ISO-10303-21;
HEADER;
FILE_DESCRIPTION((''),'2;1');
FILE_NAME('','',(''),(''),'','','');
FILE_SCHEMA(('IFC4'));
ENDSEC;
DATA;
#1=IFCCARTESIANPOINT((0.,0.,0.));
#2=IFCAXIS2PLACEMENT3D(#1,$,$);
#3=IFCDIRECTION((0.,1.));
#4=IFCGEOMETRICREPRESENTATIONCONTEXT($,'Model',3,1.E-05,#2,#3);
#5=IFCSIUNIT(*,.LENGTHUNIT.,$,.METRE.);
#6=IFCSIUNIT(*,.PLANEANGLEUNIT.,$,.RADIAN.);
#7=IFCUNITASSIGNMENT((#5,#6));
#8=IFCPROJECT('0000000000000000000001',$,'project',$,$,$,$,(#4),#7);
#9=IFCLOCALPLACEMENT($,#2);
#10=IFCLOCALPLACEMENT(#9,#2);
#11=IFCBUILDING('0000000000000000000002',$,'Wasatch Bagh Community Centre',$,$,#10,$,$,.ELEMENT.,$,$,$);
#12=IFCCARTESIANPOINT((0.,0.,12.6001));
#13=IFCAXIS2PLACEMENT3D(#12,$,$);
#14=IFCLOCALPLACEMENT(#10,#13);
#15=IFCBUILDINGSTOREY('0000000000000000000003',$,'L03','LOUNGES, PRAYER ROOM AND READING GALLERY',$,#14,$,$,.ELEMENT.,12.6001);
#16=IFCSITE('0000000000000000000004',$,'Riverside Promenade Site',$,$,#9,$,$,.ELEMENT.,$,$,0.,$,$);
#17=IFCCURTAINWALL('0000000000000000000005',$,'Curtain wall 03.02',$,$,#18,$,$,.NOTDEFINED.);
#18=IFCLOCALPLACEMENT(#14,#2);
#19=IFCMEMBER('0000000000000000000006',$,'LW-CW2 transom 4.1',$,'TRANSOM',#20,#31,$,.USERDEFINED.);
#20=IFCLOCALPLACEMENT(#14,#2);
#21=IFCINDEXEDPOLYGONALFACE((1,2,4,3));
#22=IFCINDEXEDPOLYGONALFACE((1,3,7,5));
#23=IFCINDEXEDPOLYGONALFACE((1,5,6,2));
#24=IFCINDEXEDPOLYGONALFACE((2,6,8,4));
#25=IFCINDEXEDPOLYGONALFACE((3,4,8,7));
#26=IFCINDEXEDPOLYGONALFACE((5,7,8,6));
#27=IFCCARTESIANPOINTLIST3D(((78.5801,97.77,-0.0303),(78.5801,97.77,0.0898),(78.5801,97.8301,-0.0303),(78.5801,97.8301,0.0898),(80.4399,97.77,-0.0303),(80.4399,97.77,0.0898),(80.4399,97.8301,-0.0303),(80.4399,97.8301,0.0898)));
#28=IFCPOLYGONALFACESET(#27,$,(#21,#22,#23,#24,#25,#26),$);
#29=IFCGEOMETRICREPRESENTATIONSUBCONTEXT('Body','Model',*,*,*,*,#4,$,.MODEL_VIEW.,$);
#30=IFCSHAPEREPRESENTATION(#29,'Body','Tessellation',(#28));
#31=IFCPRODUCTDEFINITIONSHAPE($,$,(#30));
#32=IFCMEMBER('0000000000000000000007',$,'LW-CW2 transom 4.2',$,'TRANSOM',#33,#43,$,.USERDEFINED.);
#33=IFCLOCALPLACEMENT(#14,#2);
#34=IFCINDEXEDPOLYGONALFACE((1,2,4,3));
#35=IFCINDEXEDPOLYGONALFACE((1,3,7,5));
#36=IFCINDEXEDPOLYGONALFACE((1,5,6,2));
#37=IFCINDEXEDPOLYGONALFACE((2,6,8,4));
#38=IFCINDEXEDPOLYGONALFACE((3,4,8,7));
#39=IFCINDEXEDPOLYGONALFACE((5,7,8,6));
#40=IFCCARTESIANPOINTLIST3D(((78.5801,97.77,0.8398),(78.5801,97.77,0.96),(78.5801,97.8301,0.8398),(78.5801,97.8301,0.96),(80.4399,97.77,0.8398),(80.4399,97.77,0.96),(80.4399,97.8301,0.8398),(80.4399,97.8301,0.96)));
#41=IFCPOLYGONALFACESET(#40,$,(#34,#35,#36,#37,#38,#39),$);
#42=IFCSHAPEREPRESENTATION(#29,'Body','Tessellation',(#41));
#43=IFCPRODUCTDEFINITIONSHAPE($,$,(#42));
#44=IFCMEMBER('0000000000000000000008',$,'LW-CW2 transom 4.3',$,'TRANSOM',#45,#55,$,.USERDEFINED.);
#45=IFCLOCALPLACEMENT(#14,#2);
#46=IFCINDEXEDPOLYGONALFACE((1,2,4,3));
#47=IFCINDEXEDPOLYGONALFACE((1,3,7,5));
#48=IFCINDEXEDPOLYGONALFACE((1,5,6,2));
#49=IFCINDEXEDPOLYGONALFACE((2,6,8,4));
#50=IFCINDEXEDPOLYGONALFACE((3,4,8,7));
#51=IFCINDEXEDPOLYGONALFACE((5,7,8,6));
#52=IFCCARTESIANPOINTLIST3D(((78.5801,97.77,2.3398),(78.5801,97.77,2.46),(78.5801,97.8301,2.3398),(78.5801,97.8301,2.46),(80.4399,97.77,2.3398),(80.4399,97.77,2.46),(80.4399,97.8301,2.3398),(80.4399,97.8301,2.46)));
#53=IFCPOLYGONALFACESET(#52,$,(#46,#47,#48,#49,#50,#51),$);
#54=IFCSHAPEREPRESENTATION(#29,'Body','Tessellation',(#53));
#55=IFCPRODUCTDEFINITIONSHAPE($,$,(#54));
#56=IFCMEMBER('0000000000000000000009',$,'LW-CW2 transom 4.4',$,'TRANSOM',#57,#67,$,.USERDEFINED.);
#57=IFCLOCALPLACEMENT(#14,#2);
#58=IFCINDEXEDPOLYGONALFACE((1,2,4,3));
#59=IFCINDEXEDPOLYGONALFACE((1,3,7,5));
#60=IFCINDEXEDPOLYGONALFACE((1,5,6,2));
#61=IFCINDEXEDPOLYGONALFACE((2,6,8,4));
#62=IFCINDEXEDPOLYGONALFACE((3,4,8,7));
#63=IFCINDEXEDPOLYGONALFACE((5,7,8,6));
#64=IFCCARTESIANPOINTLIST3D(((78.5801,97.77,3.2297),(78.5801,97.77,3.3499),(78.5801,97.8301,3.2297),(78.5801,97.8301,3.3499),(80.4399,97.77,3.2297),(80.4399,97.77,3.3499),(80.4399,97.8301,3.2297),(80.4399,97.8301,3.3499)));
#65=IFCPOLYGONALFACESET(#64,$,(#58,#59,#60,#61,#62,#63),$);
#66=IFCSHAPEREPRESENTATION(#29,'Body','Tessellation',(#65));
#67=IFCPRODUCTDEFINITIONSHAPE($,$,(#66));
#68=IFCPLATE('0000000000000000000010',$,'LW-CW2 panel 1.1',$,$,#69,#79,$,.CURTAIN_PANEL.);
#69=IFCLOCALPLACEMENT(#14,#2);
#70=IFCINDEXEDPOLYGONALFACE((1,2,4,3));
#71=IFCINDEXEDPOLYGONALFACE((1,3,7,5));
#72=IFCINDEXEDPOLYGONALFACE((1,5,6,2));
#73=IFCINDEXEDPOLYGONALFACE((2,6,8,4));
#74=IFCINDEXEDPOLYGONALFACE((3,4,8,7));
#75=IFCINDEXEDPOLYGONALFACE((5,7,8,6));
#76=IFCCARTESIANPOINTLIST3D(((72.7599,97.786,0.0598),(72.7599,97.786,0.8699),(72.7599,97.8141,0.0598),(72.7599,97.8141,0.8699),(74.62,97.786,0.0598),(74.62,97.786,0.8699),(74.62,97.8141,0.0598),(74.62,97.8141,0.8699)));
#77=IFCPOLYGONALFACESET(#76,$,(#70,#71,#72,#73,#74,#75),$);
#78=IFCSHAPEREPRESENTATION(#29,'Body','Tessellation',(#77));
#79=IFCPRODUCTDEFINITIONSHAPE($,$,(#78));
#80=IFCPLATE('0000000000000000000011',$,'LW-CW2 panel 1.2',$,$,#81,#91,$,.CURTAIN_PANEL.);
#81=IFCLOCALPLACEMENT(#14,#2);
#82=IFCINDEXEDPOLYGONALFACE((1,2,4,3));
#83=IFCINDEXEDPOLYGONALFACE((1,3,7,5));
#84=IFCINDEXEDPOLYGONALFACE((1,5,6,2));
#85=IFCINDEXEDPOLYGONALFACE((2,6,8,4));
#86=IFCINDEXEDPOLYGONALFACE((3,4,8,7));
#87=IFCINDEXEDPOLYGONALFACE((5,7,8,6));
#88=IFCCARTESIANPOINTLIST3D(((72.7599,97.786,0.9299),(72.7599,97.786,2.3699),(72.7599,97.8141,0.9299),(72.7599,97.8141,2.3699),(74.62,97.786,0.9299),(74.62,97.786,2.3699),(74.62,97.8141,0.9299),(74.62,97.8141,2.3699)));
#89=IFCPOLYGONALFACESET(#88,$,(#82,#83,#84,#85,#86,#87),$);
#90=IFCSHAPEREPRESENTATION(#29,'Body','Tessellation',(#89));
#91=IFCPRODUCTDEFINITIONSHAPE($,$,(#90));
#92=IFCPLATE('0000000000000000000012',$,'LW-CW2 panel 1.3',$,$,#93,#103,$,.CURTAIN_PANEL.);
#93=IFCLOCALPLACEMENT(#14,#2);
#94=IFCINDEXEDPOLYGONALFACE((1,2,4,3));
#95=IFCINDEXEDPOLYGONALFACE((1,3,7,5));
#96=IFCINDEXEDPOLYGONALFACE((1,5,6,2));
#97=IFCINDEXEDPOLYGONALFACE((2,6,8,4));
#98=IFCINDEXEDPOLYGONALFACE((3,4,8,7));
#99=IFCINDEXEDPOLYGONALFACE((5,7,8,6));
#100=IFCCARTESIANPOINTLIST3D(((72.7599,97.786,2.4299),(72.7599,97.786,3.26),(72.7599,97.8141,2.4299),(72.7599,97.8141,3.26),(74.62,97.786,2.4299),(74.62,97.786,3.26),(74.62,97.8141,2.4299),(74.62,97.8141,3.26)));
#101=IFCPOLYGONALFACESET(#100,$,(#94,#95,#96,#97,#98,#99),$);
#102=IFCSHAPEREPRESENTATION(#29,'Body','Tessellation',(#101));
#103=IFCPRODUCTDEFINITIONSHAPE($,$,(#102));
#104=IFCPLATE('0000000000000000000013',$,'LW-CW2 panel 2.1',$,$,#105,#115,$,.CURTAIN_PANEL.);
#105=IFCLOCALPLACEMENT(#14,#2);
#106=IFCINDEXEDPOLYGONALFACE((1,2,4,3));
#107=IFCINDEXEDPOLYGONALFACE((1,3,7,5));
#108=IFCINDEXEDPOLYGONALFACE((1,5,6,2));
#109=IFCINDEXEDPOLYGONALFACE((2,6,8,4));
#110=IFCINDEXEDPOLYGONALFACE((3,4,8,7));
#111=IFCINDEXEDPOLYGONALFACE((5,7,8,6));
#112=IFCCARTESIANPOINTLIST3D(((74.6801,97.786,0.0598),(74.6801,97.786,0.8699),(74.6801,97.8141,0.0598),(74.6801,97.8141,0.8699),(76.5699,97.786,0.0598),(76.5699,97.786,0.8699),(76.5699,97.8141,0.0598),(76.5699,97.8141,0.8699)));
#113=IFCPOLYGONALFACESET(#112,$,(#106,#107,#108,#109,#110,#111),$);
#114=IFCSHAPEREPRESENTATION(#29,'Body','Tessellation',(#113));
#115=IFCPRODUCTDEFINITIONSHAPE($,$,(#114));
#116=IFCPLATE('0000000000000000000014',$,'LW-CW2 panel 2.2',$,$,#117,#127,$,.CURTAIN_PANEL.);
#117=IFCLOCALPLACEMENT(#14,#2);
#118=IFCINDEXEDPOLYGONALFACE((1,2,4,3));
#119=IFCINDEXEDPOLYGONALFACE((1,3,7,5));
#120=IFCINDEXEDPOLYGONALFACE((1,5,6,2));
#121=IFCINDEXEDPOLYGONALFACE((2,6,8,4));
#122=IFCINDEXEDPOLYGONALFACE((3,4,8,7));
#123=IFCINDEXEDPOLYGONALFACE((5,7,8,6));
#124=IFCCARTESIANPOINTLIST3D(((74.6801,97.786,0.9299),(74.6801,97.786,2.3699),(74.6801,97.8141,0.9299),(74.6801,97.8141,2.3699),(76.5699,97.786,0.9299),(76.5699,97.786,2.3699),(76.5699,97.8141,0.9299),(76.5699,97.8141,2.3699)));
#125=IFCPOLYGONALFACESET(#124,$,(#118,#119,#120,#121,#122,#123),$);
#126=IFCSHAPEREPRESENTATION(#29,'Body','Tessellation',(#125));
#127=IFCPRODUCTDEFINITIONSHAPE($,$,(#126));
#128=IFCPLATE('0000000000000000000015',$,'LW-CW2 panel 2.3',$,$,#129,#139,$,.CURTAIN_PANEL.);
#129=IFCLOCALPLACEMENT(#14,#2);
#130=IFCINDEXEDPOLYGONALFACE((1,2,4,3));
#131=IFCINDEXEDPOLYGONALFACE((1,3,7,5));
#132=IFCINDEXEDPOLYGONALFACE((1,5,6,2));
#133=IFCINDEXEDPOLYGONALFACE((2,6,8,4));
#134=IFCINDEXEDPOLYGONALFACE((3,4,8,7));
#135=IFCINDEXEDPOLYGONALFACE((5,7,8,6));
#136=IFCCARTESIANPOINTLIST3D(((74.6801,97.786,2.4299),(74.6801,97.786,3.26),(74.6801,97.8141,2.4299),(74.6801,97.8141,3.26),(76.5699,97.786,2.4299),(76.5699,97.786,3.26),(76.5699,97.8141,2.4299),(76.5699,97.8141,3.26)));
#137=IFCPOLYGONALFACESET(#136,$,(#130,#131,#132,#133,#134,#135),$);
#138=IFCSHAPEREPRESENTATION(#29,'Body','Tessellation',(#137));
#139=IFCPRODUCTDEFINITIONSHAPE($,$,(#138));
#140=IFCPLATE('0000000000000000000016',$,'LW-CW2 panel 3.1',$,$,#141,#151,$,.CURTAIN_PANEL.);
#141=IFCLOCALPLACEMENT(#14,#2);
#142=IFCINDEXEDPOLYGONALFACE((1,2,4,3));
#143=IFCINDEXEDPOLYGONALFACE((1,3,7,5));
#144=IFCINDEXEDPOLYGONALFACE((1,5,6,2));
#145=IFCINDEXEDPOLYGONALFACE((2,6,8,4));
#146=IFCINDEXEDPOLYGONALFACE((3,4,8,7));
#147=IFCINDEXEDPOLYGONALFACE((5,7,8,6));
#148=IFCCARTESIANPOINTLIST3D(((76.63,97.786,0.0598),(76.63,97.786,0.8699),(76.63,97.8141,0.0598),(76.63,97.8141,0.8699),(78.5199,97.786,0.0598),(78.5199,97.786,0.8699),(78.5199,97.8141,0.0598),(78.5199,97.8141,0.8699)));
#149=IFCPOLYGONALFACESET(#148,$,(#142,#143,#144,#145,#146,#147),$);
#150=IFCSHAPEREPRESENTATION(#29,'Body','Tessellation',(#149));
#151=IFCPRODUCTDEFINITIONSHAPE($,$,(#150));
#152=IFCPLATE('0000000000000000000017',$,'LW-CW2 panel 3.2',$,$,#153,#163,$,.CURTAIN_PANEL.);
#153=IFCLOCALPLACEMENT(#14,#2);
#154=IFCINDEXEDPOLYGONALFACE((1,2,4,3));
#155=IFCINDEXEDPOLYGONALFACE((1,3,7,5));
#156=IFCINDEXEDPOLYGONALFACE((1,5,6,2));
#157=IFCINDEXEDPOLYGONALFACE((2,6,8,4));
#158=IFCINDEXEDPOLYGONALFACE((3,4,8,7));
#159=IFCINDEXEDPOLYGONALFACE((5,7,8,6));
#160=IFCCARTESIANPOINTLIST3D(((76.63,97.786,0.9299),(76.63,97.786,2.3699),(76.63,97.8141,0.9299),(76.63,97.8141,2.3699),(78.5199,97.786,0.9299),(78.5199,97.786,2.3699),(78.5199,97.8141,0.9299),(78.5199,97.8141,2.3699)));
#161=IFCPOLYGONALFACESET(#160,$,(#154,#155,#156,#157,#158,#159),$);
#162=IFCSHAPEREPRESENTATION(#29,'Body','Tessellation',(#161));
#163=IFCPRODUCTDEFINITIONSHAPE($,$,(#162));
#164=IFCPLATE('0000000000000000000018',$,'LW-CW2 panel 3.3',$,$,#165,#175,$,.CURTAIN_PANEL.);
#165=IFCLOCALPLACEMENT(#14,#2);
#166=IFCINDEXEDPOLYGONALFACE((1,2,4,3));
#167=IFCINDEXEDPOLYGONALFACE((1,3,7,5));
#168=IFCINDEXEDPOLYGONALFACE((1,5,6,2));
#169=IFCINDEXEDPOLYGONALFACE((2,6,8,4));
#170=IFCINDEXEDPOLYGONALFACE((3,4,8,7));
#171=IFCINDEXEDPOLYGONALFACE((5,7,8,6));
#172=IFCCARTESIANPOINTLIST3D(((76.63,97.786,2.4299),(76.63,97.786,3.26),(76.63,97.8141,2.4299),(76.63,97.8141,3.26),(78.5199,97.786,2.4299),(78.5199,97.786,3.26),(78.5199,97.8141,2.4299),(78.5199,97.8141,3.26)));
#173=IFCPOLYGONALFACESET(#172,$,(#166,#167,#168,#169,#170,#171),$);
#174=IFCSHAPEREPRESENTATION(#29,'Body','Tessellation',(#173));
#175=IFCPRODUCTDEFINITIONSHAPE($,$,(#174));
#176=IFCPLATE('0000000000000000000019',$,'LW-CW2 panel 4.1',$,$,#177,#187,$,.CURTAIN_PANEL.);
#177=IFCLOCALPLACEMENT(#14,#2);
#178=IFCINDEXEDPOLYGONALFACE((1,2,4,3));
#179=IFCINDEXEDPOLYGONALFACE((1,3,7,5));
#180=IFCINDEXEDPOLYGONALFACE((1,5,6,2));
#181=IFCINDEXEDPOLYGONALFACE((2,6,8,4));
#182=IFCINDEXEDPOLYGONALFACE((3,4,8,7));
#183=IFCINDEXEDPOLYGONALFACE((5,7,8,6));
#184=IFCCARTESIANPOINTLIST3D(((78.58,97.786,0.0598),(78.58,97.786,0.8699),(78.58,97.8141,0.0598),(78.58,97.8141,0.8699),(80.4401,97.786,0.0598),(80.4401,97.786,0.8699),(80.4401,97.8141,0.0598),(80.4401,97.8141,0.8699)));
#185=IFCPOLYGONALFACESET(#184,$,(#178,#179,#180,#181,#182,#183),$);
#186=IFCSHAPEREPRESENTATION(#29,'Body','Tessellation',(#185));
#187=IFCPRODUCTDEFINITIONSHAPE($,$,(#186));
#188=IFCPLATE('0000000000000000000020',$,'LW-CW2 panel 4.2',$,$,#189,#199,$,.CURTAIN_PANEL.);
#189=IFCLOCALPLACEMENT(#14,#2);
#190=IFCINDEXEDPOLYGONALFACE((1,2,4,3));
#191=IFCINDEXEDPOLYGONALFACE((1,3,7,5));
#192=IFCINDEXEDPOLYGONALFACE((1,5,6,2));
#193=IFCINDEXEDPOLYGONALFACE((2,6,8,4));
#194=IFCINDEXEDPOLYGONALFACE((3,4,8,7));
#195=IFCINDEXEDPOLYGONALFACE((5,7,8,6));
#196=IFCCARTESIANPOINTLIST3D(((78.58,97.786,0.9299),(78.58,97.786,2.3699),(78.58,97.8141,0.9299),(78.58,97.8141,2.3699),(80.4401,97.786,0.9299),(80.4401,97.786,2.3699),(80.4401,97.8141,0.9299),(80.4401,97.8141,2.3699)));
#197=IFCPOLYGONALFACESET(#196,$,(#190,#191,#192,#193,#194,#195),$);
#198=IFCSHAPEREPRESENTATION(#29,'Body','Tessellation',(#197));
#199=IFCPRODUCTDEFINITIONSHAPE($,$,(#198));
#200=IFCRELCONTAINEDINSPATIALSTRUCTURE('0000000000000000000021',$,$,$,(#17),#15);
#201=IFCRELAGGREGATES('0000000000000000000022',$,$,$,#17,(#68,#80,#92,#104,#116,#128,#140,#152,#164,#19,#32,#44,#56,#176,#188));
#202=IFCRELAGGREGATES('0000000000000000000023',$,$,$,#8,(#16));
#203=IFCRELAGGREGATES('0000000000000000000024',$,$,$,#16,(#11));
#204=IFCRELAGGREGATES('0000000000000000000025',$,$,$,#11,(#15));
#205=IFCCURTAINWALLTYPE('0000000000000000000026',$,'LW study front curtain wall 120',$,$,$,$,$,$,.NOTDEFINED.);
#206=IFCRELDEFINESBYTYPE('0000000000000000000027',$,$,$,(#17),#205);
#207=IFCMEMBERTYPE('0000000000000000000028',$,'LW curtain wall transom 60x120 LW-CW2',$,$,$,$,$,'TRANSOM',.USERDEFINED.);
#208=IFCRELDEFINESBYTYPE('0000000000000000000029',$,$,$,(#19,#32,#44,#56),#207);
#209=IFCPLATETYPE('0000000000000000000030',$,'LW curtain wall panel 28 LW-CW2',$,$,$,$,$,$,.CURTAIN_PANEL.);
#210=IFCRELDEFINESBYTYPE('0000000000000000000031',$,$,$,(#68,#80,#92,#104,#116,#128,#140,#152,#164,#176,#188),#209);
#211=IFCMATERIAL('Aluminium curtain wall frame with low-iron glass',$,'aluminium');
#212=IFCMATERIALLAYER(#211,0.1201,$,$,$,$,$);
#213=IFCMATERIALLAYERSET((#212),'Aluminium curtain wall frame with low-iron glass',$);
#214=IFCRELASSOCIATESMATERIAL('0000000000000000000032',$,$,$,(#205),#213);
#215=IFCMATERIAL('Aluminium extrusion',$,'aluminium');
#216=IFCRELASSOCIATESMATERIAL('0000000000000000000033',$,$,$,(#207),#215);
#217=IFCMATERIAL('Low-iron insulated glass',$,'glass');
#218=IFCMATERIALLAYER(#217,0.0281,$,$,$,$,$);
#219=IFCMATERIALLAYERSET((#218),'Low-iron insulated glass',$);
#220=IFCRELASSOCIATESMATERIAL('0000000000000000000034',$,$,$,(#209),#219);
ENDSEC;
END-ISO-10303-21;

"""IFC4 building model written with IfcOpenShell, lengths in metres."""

from ifc_helpers import new_model, si_unit, direction, frame, origin, origin_2d, place, context, subcontext, project, spatial, rectangle, extrude, material, layer, layer_set, material_profile, profile_set, type_object, element, aggregate, save


model = new_model("IFC4")

# Units and contexts
model_context = context("Model", 3, precision=1e-05, world=origin(), true_north=direction((0.0, 1.0)))
body_context = subcontext(model_context, "Body", "Model", "MODEL_VIEW")
ifc_project = project(units=[si_unit("LENGTHUNIT", "METRE"), si_unit("PLANEANGLEUNIT", "RADIAN")], contexts=[model_context])

# Site, building, storey
site_placement = place(None, origin())
site = spatial("IfcSite", under=ifc_project, at=site_placement, Name="Riverside Promenade Site", CompositionType="ELEMENT", RefElevation=0.0)
building_placement = place(site_placement, origin())
building = spatial("IfcBuilding", under=site, at=building_placement, Name="Wasatch Bagh Community Centre", CompositionType="ELEMENT")
storey_placement = place(building_placement, frame((0.0, 0.0, 12.6001)))
storey = spatial("IfcBuildingStorey", under=building, at=storey_placement, Name="L03", Description="LOUNGES, PRAYER ROOM AND READING GALLERY", CompositionType="ELEMENT", Elevation=12.6001)

# Curtain wall, members, plates
ifc_material_1 = material(Name="Aluminium curtain wall frame with low-iron glass", Category="aluminium")
ifc_layer_1 = layer(ifc_material_1, 0.1201)
ifc_layer_set_1 = layer_set([ifc_layer_1], Name="Aluminium curtain wall frame with low-iron glass")
curtain_wall_type = type_object("IfcCurtainWallType", Name="LW study front curtain wall 120", PredefinedType="NOTDEFINED", material=ifc_layer_set_1)
curtain_wall_placement = place(storey_placement, origin())
curtain_wall = element("IfcCurtainWall", 1, at=curtain_wall_placement, inside=storey, type_object=curtain_wall_type, Name="Curtain wall 03.02", PredefinedType="NOTDEFINED")
ifc_material_2 = material(Name="Aluminium extrusion", Category="aluminium")
ifc_material_profile_1 = material_profile(ifc_material_2, rectangle(XDim=0.0601, YDim=0.1201, at=origin_2d()), Name="AL 60x120")
ifc_profile_set_1 = profile_set([ifc_material_profile_1], Name="Aluminium extrusion")
member_type_1 = type_object("IfcMemberType", Name="LW curtain wall transom 60x120 LW-CW2", ElementType="TRANSOM", PredefinedType="USERDEFINED", material=ifc_profile_set_1)
member_1_placement = place(storey_placement, frame((78.5801, 97.8, 0.0298), z_axis=(1.0, 0.0, 0.0), x_axis=(0.0, 1.0, 0.0)))
member_1 = element("IfcMember", 2, at=member_1_placement, type_object=member_type_1, Name="LW-CW2 transom 4.1", ObjectType="TRANSOM", PredefinedType="USERDEFINED", context=body_context, shape_type="SweptSolid", body=[
    extrude(rectangle(XDim=0.0601, YDim=0.1201, at=origin_2d()), origin(), (0.0, 0.0, 1.0), 1.8599),
])
member_2_placement = place(storey_placement, frame((78.5801, 97.8, 0.8999), z_axis=(1.0, 0.0, 0.0), x_axis=(0.0, 1.0, 0.0)))
member_2 = element("IfcMember", 3, at=member_2_placement, type_object=member_type_1, Name="LW-CW2 transom 4.2", ObjectType="TRANSOM", PredefinedType="USERDEFINED", context=body_context, shape_type="SweptSolid", body=[
    extrude(rectangle(XDim=0.0601, YDim=0.1201, at=origin_2d()), origin(), (0.0, 0.0, 1.0), 1.8599),
])
member_3_placement = place(storey_placement, frame((78.5801, 97.8, 2.3999), z_axis=(1.0, 0.0, 0.0), x_axis=(0.0, 1.0, 0.0)))
member_3 = element("IfcMember", 4, at=member_3_placement, type_object=member_type_1, Name="LW-CW2 transom 4.3", ObjectType="TRANSOM", PredefinedType="USERDEFINED", context=body_context, shape_type="SweptSolid", body=[
    extrude(rectangle(XDim=0.0601, YDim=0.1201, at=origin_2d()), origin(), (0.0, 0.0, 1.0), 1.8599),
])
member_4_placement = place(storey_placement, frame((78.5801, 97.8, 3.2898), z_axis=(1.0, 0.0, 0.0), x_axis=(0.0, 1.0, 0.0)))
member_4 = element("IfcMember", 5, at=member_4_placement, type_object=member_type_1, Name="LW-CW2 transom 4.4", ObjectType="TRANSOM", PredefinedType="USERDEFINED", context=body_context, shape_type="SweptSolid", body=[
    extrude(rectangle(XDim=0.0601, YDim=0.1201, at=origin_2d()), origin(), (0.0, 0.0, 1.0), 1.8599),
])
ifc_material_3 = material(Name="Low-iron insulated glass", Category="glass")
ifc_layer_2 = layer(ifc_material_3, 0.0281)
ifc_layer_set_2 = layer_set([ifc_layer_2], Name="Low-iron insulated glass")
plate_type = type_object("IfcPlateType", Name="LW curtain wall panel 28 LW-CW2", PredefinedType="CURTAIN_PANEL", material=ifc_layer_set_2)
plate_1_placement = place(storey_placement, frame((73.6899, 97.8, 0.0598), z_axis=(0.0, 0.0, 1.0), x_axis=(1.0, 0.0, 0.0)))
plate_1 = element("IfcPlate", 6, at=plate_1_placement, type_object=plate_type, Name="LW-CW2 panel 1.1", PredefinedType="CURTAIN_PANEL", context=body_context, shape_type="SweptSolid", body=[
    extrude(rectangle(XDim=1.8601, YDim=0.0281, at=origin_2d()), origin(), (0.0, 0.0, 1.0), 0.8101),
])
plate_2_placement = place(storey_placement, frame((73.6899, 97.8, 0.9299), z_axis=(0.0, 0.0, 1.0), x_axis=(1.0, 0.0, 0.0)))
plate_2 = element("IfcPlate", 7, at=plate_2_placement, type_object=plate_type, Name="LW-CW2 panel 1.2", PredefinedType="CURTAIN_PANEL", context=body_context, shape_type="SweptSolid", body=[
    extrude(rectangle(XDim=1.8601, YDim=0.0281, at=origin_2d()), origin(), (0.0, 0.0, 1.0), 1.4399),
])
plate_3_placement = place(storey_placement, frame((73.6899, 97.8, 2.4299), z_axis=(0.0, 0.0, 1.0), x_axis=(1.0, 0.0, 0.0)))
plate_3 = element("IfcPlate", 8, at=plate_3_placement, type_object=plate_type, Name="LW-CW2 panel 1.3", PredefinedType="CURTAIN_PANEL", context=body_context, shape_type="SweptSolid", body=[
    extrude(rectangle(XDim=1.8601, YDim=0.0281, at=origin_2d()), origin(), (0.0, 0.0, 1.0), 0.8301),
])
plate_4_placement = place(storey_placement, frame((75.625, 97.8, 0.0598), z_axis=(0.0, 0.0, 1.0), x_axis=(1.0, 0.0, 0.0)))
plate_4 = element("IfcPlate", 9, at=plate_4_placement, type_object=plate_type, Name="LW-CW2 panel 2.1", PredefinedType="CURTAIN_PANEL", context=body_context, shape_type="SweptSolid", body=[
    extrude(rectangle(XDim=1.8899, YDim=0.0281, at=origin_2d()), origin(), (0.0, 0.0, 1.0), 0.8101),
])
plate_5_placement = place(storey_placement, frame((75.625, 97.8, 0.9299), z_axis=(0.0, 0.0, 1.0), x_axis=(1.0, 0.0, 0.0)))
plate_5 = element("IfcPlate", 10, at=plate_5_placement, type_object=plate_type, Name="LW-CW2 panel 2.2", PredefinedType="CURTAIN_PANEL", context=body_context, shape_type="SweptSolid", body=[
    extrude(rectangle(XDim=1.8899, YDim=0.0281, at=origin_2d()), origin(), (0.0, 0.0, 1.0), 1.4399),
])
plate_6_placement = place(storey_placement, frame((75.625, 97.8, 2.4299), z_axis=(0.0, 0.0, 1.0), x_axis=(1.0, 0.0, 0.0)))
plate_6 = element("IfcPlate", 11, at=plate_6_placement, type_object=plate_type, Name="LW-CW2 panel 2.3", PredefinedType="CURTAIN_PANEL", context=body_context, shape_type="SweptSolid", body=[
    extrude(rectangle(XDim=1.8899, YDim=0.0281, at=origin_2d()), origin(), (0.0, 0.0, 1.0), 0.8301),
])
plate_7_placement = place(storey_placement, frame((77.575, 97.8, 0.0598), z_axis=(0.0, 0.0, 1.0), x_axis=(1.0, 0.0, 0.0)))
plate_7 = element("IfcPlate", 12, at=plate_7_placement, type_object=plate_type, Name="LW-CW2 panel 3.1", PredefinedType="CURTAIN_PANEL", context=body_context, shape_type="SweptSolid", body=[
    extrude(rectangle(XDim=1.8899, YDim=0.0281, at=origin_2d()), origin(), (0.0, 0.0, 1.0), 0.8101),
])
plate_8_placement = place(storey_placement, frame((77.575, 97.8, 0.9299), z_axis=(0.0, 0.0, 1.0), x_axis=(1.0, 0.0, 0.0)))
plate_8 = element("IfcPlate", 13, at=plate_8_placement, type_object=plate_type, Name="LW-CW2 panel 3.2", PredefinedType="CURTAIN_PANEL", context=body_context, shape_type="SweptSolid", body=[
    extrude(rectangle(XDim=1.8899, YDim=0.0281, at=origin_2d()), origin(), (0.0, 0.0, 1.0), 1.4399),
])
plate_9_placement = place(storey_placement, frame((77.575, 97.8, 2.4299), z_axis=(0.0, 0.0, 1.0), x_axis=(1.0, 0.0, 0.0)))
plate_9 = element("IfcPlate", 14, at=plate_9_placement, type_object=plate_type, Name="LW-CW2 panel 3.3", PredefinedType="CURTAIN_PANEL", context=body_context, shape_type="SweptSolid", body=[
    extrude(rectangle(XDim=1.8899, YDim=0.0281, at=origin_2d()), origin(), (0.0, 0.0, 1.0), 0.8301),
])
plate_10_placement = place(storey_placement, frame((79.51, 97.8, 0.0598), z_axis=(0.0, 0.0, 1.0), x_axis=(1.0, 0.0, 0.0)))
plate_10 = element("IfcPlate", 15, at=plate_10_placement, type_object=plate_type, Name="LW-CW2 panel 4.1", PredefinedType="CURTAIN_PANEL", context=body_context, shape_type="SweptSolid", body=[
    extrude(rectangle(XDim=1.8601, YDim=0.0281, at=origin_2d()), origin(), (0.0, 0.0, 1.0), 0.8101),
])
plate_11_placement = place(storey_placement, frame((79.51, 97.8, 0.9299), z_axis=(0.0, 0.0, 1.0), x_axis=(1.0, 0.0, 0.0)))
plate_11 = element("IfcPlate", 16, at=plate_11_placement, type_object=plate_type, Name="LW-CW2 panel 4.2", PredefinedType="CURTAIN_PANEL", context=body_context, shape_type="SweptSolid", body=[
    extrude(rectangle(XDim=1.8601, YDim=0.0281, at=origin_2d()), origin(), (0.0, 0.0, 1.0), 1.4399),
])
aggregate(curtain_wall, [plate_1, plate_2, plate_3, plate_4, plate_5, plate_6, plate_7, plate_8, plate_9, member_1, member_2, member_3, member_4, plate_10, plate_11])

save(model, "model.ifc")
